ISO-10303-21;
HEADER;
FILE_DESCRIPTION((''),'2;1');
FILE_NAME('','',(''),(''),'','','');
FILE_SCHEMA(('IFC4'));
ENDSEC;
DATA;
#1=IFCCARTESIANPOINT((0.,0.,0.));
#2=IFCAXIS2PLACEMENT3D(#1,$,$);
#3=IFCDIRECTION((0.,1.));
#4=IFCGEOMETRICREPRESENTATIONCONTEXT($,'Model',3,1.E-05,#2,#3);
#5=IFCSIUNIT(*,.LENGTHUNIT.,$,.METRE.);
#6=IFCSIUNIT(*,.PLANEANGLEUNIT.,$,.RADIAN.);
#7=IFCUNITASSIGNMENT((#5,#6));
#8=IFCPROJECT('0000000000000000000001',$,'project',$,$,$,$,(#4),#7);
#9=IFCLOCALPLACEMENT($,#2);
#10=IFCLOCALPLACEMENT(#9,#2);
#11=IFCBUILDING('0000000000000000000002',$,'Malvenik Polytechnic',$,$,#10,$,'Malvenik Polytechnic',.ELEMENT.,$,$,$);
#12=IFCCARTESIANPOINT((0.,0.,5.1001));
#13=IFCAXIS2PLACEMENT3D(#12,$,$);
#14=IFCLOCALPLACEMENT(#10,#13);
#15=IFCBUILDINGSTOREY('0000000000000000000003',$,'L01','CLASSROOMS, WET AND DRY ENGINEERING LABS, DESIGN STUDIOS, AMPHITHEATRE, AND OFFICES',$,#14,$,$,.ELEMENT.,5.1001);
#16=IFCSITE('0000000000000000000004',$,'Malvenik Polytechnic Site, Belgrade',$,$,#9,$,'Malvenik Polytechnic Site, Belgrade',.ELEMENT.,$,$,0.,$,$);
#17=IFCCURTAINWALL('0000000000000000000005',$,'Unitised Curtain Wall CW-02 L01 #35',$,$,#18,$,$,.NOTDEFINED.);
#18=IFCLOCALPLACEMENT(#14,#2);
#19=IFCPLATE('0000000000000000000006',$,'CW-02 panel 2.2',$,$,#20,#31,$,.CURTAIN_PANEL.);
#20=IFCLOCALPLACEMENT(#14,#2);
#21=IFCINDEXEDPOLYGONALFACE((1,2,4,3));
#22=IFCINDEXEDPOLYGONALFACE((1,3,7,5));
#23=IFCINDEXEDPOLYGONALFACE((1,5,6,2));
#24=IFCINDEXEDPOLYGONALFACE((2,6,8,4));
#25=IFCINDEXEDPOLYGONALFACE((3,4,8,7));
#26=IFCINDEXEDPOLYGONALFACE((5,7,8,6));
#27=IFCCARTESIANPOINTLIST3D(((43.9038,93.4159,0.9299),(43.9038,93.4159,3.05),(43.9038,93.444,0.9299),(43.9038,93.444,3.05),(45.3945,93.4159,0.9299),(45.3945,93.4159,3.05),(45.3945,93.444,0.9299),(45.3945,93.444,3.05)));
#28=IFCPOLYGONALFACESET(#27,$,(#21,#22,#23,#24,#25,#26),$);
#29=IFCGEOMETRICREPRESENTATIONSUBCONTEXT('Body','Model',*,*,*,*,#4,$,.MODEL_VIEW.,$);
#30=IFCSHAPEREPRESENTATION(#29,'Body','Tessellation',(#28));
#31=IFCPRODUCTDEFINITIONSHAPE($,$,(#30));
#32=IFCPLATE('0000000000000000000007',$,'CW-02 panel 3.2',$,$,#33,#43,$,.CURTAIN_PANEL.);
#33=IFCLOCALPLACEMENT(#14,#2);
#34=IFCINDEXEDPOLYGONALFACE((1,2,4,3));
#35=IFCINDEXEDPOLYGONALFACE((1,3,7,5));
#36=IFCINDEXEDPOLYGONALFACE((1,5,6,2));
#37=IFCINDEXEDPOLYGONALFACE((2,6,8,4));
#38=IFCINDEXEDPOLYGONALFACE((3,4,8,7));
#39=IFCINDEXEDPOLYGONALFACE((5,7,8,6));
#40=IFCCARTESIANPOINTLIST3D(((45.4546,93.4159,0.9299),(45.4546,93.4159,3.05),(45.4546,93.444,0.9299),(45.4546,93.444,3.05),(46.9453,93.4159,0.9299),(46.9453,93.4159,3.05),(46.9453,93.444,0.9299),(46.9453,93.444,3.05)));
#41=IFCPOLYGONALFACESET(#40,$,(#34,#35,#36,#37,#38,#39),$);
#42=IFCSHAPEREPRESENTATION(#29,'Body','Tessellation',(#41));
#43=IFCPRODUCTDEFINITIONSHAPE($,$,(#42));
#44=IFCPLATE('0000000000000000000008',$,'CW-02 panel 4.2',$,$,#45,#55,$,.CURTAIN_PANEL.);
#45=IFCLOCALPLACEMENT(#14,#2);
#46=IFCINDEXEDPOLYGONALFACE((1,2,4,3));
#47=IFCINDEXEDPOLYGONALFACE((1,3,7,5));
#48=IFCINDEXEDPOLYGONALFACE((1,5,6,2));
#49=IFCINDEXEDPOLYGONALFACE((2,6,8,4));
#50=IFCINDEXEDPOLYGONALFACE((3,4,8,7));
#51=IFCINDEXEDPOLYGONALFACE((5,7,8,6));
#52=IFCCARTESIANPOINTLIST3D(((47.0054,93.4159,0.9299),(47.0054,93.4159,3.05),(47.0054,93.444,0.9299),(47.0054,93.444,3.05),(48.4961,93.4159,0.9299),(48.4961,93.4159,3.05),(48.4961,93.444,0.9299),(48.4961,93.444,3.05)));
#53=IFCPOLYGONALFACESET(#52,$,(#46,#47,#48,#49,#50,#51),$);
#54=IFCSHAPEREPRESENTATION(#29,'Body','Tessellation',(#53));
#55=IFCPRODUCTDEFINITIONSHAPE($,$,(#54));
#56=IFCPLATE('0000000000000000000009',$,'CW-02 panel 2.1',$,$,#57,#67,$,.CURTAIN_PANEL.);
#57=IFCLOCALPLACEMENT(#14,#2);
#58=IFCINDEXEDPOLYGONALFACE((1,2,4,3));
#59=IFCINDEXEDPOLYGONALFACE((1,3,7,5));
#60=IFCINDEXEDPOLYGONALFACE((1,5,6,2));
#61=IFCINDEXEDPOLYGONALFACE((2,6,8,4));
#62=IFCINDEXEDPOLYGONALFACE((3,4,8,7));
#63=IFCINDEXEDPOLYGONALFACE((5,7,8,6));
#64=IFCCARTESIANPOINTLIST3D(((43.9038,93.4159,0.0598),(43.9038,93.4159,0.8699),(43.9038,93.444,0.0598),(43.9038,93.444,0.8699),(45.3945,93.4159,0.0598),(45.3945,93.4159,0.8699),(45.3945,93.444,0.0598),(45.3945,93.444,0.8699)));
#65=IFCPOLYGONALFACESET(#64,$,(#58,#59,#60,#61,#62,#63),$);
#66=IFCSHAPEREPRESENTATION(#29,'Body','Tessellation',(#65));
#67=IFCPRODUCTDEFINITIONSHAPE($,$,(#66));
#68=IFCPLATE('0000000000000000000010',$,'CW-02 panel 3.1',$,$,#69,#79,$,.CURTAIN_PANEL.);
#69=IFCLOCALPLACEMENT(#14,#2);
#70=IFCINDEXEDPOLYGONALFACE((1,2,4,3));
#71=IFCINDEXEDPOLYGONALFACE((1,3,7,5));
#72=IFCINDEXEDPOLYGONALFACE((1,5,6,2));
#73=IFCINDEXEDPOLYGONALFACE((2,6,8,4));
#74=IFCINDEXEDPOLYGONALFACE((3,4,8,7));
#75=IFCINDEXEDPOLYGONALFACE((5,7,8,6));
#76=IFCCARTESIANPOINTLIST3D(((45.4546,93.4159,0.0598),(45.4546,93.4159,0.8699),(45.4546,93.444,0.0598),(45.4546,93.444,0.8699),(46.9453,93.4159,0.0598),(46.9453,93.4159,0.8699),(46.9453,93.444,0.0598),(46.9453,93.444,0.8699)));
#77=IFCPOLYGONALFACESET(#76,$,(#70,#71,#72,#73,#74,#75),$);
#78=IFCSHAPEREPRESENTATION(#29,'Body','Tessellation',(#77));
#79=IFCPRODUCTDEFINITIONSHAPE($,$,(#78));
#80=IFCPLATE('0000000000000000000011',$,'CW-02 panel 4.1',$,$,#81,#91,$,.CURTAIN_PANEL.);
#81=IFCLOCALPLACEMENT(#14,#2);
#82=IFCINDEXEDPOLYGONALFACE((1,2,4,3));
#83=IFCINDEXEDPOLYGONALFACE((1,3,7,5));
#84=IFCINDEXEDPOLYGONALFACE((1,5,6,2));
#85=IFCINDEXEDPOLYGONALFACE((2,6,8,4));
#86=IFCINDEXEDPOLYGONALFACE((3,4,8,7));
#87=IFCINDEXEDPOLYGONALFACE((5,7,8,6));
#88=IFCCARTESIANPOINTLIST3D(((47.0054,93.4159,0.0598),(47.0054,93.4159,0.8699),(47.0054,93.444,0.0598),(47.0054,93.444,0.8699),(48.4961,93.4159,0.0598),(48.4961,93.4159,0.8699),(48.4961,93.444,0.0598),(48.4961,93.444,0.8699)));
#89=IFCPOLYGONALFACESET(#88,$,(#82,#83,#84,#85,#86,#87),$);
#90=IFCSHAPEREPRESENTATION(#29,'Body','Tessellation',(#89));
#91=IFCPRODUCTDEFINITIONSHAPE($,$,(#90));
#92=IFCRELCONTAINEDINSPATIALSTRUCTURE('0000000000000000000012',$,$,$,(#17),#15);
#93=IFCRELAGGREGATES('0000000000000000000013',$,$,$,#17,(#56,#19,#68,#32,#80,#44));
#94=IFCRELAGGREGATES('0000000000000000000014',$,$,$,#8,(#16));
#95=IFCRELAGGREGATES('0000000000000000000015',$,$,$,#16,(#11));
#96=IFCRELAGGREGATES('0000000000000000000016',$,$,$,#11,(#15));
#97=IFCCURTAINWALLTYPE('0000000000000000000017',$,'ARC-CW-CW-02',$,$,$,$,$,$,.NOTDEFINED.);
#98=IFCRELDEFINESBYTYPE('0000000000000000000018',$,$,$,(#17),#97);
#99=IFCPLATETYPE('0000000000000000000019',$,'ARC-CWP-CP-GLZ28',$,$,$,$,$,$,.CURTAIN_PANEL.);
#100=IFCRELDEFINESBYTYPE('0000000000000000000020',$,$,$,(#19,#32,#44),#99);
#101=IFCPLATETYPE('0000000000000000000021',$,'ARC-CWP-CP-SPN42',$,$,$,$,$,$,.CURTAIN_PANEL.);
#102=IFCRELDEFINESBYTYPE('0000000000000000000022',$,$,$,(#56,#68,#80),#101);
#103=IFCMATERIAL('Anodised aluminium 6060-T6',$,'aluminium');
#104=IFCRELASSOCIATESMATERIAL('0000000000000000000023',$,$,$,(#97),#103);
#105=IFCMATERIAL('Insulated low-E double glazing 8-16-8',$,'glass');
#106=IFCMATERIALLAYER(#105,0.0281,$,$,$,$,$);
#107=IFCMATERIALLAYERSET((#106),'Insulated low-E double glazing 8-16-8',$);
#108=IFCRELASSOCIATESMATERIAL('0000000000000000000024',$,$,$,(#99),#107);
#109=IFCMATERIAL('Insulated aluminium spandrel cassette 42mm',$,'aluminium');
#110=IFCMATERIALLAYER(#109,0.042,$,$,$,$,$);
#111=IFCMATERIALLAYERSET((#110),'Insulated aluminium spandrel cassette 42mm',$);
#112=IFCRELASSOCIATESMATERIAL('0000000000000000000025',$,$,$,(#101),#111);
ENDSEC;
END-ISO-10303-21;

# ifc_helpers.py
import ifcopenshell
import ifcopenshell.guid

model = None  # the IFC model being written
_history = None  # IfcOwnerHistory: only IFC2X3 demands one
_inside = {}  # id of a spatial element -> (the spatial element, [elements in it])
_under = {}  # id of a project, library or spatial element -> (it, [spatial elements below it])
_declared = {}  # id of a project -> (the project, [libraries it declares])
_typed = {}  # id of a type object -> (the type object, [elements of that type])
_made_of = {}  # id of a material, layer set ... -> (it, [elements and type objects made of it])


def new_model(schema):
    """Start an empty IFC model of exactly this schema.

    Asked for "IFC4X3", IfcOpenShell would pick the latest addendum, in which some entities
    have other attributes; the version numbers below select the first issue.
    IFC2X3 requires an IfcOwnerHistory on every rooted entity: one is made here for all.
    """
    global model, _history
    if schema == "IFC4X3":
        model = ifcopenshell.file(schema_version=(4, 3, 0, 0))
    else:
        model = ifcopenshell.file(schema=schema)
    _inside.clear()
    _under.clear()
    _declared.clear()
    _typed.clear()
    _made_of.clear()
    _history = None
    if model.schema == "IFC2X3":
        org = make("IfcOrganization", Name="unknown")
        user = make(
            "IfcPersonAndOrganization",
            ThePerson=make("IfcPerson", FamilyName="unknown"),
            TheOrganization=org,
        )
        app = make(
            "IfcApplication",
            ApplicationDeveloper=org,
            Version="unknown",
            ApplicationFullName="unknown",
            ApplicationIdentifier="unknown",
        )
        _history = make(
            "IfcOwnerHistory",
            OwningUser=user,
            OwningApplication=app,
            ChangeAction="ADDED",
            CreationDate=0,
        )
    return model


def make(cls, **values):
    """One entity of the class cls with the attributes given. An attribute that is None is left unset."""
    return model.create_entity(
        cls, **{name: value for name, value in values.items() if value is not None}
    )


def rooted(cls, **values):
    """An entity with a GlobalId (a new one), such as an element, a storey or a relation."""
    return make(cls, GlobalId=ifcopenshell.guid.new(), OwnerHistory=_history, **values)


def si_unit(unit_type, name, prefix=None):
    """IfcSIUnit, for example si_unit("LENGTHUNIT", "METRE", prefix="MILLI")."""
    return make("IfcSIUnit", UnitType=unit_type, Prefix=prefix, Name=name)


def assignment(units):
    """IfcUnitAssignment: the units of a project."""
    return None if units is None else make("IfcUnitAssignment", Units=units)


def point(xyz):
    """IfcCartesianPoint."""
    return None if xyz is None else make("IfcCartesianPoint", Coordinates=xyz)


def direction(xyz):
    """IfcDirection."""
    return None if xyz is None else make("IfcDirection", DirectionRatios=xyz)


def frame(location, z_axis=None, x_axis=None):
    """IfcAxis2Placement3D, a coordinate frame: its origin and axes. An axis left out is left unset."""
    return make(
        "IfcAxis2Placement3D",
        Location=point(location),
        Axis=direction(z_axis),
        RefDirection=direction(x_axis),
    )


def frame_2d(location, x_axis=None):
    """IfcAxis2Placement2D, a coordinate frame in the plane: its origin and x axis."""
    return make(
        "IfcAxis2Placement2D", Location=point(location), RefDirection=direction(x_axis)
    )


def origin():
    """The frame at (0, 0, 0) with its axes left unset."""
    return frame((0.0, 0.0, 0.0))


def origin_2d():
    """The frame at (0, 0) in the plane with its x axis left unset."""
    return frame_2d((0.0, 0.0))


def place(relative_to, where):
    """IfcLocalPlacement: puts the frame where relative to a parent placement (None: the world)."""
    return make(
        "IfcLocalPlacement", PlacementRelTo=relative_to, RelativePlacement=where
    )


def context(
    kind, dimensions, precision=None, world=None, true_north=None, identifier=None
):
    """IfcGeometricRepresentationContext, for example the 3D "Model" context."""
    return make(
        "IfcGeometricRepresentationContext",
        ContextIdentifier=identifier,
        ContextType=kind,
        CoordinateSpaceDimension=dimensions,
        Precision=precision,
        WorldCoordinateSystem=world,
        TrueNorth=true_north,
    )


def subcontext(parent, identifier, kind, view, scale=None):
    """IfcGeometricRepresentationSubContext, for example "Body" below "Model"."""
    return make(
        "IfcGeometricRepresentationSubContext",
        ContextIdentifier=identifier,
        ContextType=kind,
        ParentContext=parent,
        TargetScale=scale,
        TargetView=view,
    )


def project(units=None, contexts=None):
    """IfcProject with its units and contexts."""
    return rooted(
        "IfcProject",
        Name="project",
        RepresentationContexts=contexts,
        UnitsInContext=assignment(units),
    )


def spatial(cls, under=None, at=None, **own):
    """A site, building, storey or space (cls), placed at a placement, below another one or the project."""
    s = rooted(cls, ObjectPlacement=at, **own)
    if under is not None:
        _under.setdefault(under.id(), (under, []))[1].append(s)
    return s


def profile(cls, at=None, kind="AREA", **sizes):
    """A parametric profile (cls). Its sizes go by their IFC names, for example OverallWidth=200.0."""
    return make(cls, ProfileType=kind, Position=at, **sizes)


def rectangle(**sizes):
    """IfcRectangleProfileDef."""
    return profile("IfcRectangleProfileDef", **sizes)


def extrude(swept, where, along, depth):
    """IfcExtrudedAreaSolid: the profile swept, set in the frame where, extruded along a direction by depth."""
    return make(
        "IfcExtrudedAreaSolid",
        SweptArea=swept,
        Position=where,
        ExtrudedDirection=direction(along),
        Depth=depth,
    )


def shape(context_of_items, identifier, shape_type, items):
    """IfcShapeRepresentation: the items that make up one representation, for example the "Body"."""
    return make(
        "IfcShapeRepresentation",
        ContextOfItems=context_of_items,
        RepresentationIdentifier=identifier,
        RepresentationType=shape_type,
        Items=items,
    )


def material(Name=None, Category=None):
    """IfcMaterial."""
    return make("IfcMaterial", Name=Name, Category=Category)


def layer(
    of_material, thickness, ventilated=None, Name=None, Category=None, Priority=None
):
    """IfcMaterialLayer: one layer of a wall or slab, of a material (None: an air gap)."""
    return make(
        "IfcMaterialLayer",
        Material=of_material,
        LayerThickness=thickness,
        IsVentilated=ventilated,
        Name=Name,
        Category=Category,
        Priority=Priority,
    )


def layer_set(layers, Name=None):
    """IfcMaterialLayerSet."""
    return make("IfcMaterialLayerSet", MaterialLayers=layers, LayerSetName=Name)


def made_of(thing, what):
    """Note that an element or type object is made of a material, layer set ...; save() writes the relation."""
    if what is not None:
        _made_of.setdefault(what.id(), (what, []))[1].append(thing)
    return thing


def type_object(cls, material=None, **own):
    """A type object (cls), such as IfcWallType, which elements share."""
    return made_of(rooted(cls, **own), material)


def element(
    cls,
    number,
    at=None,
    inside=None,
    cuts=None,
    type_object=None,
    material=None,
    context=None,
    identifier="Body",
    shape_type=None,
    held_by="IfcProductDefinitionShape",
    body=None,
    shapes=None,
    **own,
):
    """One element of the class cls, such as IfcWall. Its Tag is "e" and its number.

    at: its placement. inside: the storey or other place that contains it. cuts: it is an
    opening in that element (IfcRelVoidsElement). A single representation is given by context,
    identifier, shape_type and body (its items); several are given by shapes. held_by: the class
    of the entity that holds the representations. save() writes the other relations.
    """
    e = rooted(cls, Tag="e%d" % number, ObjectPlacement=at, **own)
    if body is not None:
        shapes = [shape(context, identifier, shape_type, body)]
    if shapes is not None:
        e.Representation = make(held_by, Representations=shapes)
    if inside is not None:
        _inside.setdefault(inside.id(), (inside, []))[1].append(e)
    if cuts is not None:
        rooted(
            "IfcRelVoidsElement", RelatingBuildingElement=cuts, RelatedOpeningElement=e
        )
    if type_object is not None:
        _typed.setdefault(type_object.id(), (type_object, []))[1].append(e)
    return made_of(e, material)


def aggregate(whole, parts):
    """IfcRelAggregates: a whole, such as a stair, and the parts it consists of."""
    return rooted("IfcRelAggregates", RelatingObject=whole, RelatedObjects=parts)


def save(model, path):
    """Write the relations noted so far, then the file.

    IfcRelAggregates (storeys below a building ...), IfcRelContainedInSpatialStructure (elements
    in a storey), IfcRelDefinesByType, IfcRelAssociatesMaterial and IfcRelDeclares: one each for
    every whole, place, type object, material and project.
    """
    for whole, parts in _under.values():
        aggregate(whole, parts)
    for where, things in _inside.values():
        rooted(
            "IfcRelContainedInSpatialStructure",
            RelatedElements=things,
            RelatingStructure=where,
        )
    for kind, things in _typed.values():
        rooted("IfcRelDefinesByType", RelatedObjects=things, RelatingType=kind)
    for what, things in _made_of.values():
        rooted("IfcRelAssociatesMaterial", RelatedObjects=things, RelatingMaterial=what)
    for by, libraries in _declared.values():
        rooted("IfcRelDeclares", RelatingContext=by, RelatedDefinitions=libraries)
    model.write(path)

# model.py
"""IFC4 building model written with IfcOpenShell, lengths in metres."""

from ifc_helpers import new_model, si_unit, direction, frame, origin, origin_2d, place, context, subcontext, project, spatial, rectangle, extrude, material, layer, layer_set, type_object, element, aggregate, save


model = new_model("IFC4")

# Units and contexts
model_context = context("Model", 3, precision=1e-05, world=origin(), true_north=direction((0.0, 1.0)))
body_context = subcontext(model_context, "Body", "Model", "MODEL_VIEW")
ifc_project = project(units=[si_unit("LENGTHUNIT", "METRE"), si_unit("PLANEANGLEUNIT", "RADIAN")], contexts=[model_context])

# Site, building, storey
site_placement = place(None, origin())
site = spatial("IfcSite", under=ifc_project, at=site_placement, Name="Malvenik Polytechnic Site, Belgrade", LongName="Malvenik Polytechnic Site, Belgrade", CompositionType="ELEMENT", RefElevation=0.0)
building_placement = place(site_placement, origin())
building = spatial("IfcBuilding", under=site, at=building_placement, Name="Malvenik Polytechnic", LongName="Malvenik Polytechnic", CompositionType="ELEMENT")
storey_placement = place(building_placement, frame((0.0, 0.0, 5.1001)))
storey = spatial("IfcBuildingStorey", under=building, at=storey_placement, Name="L01", Description="CLASSROOMS, WET AND DRY ENGINEERING LABS, DESIGN STUDIOS, AMPHITHEATRE, AND OFFICES", CompositionType="ELEMENT", Elevation=5.1001)

# Curtain wall, plates
ifc_material_1 = material(Name="Anodised aluminium 6060-T6", Category="aluminium")
curtain_wall_type = type_object("IfcCurtainWallType", Name="ARC-CW-CW-02", PredefinedType="NOTDEFINED", material=ifc_material_1)
curtain_wall_placement = place(storey_placement, origin())
curtain_wall = element("IfcCurtainWall", 1, at=curtain_wall_placement, inside=storey, type_object=curtain_wall_type, Name="Unitised Curtain Wall CW-02 L01 #35", PredefinedType="NOTDEFINED")
ifc_material_2 = material(Name="Insulated low-E double glazing 8-16-8", Category="glass")
ifc_layer_1 = layer(ifc_material_2, 0.0281)
ifc_layer_set_1 = layer_set([ifc_layer_1], Name="Insulated low-E double glazing 8-16-8")
plate_type_1 = type_object("IfcPlateType", Name="ARC-CWP-CP-GLZ28", PredefinedType="CURTAIN_PANEL", material=ifc_layer_set_1)
plate_1_placement = place(storey_placement, frame((44.6492, 93.4299, 0.9299), z_axis=(0.0, 0.0, 1.0), x_axis=(1.0, 0.0, 0.0)))
plate_1 = element("IfcPlate", 2, at=plate_1_placement, type_object=plate_type_1, Name="CW-02 panel 2.2", PredefinedType="CURTAIN_PANEL", context=body_context, shape_type="SweptSolid", body=[
    extrude(rectangle(XDim=1.4907, YDim=0.0281, at=origin_2d()), origin(), (0.0, 0.0, 1.0), 2.1201),
])
plate_2_placement = place(storey_placement, frame((46.2, 93.4299, 0.9299), z_axis=(0.0, 0.0, 1.0), x_axis=(1.0, 0.0, 0.0)))
plate_2 = element("IfcPlate", 3, at=plate_2_placement, type_object=plate_type_1, Name="CW-02 panel 3.2", PredefinedType="CURTAIN_PANEL", context=body_context, shape_type="SweptSolid", body=[
    extrude(rectangle(XDim=1.4907, YDim=0.0281, at=origin_2d()), origin(), (0.0, 0.0, 1.0), 2.1201),
])
plate_3_placement = place(storey_placement, frame((47.7507, 93.4299, 0.9299), z_axis=(0.0, 0.0, 1.0), x_axis=(1.0, 0.0, 0.0)))
plate_3 = element("IfcPlate", 4, at=plate_3_placement, type_object=plate_type_1, Name="CW-02 panel 4.2", PredefinedType="CURTAIN_PANEL", context=body_context, shape_type="SweptSolid", body=[
    extrude(rectangle(XDim=1.4907, YDim=0.0281, at=origin_2d()), origin(), (0.0, 0.0, 1.0), 2.1201),
])
ifc_material_3 = material(Name="Insulated aluminium spandrel cassette 42mm", Category="aluminium")
ifc_layer_2 = layer(ifc_material_3, 0.042)
ifc_layer_set_2 = layer_set([ifc_layer_2], Name="Insulated aluminium spandrel cassette 42mm")
plate_type_2 = type_object("IfcPlateType", Name="ARC-CWP-CP-SPN42", PredefinedType="CURTAIN_PANEL", material=ifc_layer_set_2)
plate_4_placement = place(storey_placement, frame((44.6492, 93.4299, 0.0598), z_axis=(0.0, 0.0, 1.0), x_axis=(1.0, 0.0, 0.0)))
plate_4 = element("IfcPlate", 5, at=plate_4_placement, type_object=plate_type_2, Name="CW-02 panel 2.1", PredefinedType="CURTAIN_PANEL", context=body_context, shape_type="SweptSolid", body=[
    extrude(rectangle(XDim=1.4907, YDim=0.0281, at=origin_2d()), origin(), (0.0, 0.0, 1.0), 0.8101),
])
plate_5_placement = place(storey_placement, frame((46.2, 93.4299, 0.0598), z_axis=(0.0, 0.0, 1.0), x_axis=(1.0, 0.0, 0.0)))
plate_5 = element("IfcPlate", 6, at=plate_5_placement, type_object=plate_type_2, Name="CW-02 panel 3.1", PredefinedType="CURTAIN_PANEL", context=body_context, shape_type="SweptSolid", body=[
    extrude(rectangle(XDim=1.4907, YDim=0.0281, at=origin_2d()), origin(), (0.0, 0.0, 1.0), 0.8101),
])
plate_6_placement = place(storey_placement, frame((47.7507, 93.4299, 0.0598), z_axis=(0.0, 0.0, 1.0), x_axis=(1.0, 0.0, 0.0)))
plate_6 = element("IfcPlate", 7, at=plate_6_placement, type_object=plate_type_2, Name="CW-02 panel 4.1", PredefinedType="CURTAIN_PANEL", context=body_context, shape_type="SweptSolid", body=[
    extrude(rectangle(XDim=1.4907, YDim=0.0281, at=origin_2d()), origin(), (0.0, 0.0, 1.0), 0.8101),
])
aggregate(curtain_wall, [plate_4, plate_1, plate_5, plate_2, plate_6, plate_3])

save(model, "model.ifc")
